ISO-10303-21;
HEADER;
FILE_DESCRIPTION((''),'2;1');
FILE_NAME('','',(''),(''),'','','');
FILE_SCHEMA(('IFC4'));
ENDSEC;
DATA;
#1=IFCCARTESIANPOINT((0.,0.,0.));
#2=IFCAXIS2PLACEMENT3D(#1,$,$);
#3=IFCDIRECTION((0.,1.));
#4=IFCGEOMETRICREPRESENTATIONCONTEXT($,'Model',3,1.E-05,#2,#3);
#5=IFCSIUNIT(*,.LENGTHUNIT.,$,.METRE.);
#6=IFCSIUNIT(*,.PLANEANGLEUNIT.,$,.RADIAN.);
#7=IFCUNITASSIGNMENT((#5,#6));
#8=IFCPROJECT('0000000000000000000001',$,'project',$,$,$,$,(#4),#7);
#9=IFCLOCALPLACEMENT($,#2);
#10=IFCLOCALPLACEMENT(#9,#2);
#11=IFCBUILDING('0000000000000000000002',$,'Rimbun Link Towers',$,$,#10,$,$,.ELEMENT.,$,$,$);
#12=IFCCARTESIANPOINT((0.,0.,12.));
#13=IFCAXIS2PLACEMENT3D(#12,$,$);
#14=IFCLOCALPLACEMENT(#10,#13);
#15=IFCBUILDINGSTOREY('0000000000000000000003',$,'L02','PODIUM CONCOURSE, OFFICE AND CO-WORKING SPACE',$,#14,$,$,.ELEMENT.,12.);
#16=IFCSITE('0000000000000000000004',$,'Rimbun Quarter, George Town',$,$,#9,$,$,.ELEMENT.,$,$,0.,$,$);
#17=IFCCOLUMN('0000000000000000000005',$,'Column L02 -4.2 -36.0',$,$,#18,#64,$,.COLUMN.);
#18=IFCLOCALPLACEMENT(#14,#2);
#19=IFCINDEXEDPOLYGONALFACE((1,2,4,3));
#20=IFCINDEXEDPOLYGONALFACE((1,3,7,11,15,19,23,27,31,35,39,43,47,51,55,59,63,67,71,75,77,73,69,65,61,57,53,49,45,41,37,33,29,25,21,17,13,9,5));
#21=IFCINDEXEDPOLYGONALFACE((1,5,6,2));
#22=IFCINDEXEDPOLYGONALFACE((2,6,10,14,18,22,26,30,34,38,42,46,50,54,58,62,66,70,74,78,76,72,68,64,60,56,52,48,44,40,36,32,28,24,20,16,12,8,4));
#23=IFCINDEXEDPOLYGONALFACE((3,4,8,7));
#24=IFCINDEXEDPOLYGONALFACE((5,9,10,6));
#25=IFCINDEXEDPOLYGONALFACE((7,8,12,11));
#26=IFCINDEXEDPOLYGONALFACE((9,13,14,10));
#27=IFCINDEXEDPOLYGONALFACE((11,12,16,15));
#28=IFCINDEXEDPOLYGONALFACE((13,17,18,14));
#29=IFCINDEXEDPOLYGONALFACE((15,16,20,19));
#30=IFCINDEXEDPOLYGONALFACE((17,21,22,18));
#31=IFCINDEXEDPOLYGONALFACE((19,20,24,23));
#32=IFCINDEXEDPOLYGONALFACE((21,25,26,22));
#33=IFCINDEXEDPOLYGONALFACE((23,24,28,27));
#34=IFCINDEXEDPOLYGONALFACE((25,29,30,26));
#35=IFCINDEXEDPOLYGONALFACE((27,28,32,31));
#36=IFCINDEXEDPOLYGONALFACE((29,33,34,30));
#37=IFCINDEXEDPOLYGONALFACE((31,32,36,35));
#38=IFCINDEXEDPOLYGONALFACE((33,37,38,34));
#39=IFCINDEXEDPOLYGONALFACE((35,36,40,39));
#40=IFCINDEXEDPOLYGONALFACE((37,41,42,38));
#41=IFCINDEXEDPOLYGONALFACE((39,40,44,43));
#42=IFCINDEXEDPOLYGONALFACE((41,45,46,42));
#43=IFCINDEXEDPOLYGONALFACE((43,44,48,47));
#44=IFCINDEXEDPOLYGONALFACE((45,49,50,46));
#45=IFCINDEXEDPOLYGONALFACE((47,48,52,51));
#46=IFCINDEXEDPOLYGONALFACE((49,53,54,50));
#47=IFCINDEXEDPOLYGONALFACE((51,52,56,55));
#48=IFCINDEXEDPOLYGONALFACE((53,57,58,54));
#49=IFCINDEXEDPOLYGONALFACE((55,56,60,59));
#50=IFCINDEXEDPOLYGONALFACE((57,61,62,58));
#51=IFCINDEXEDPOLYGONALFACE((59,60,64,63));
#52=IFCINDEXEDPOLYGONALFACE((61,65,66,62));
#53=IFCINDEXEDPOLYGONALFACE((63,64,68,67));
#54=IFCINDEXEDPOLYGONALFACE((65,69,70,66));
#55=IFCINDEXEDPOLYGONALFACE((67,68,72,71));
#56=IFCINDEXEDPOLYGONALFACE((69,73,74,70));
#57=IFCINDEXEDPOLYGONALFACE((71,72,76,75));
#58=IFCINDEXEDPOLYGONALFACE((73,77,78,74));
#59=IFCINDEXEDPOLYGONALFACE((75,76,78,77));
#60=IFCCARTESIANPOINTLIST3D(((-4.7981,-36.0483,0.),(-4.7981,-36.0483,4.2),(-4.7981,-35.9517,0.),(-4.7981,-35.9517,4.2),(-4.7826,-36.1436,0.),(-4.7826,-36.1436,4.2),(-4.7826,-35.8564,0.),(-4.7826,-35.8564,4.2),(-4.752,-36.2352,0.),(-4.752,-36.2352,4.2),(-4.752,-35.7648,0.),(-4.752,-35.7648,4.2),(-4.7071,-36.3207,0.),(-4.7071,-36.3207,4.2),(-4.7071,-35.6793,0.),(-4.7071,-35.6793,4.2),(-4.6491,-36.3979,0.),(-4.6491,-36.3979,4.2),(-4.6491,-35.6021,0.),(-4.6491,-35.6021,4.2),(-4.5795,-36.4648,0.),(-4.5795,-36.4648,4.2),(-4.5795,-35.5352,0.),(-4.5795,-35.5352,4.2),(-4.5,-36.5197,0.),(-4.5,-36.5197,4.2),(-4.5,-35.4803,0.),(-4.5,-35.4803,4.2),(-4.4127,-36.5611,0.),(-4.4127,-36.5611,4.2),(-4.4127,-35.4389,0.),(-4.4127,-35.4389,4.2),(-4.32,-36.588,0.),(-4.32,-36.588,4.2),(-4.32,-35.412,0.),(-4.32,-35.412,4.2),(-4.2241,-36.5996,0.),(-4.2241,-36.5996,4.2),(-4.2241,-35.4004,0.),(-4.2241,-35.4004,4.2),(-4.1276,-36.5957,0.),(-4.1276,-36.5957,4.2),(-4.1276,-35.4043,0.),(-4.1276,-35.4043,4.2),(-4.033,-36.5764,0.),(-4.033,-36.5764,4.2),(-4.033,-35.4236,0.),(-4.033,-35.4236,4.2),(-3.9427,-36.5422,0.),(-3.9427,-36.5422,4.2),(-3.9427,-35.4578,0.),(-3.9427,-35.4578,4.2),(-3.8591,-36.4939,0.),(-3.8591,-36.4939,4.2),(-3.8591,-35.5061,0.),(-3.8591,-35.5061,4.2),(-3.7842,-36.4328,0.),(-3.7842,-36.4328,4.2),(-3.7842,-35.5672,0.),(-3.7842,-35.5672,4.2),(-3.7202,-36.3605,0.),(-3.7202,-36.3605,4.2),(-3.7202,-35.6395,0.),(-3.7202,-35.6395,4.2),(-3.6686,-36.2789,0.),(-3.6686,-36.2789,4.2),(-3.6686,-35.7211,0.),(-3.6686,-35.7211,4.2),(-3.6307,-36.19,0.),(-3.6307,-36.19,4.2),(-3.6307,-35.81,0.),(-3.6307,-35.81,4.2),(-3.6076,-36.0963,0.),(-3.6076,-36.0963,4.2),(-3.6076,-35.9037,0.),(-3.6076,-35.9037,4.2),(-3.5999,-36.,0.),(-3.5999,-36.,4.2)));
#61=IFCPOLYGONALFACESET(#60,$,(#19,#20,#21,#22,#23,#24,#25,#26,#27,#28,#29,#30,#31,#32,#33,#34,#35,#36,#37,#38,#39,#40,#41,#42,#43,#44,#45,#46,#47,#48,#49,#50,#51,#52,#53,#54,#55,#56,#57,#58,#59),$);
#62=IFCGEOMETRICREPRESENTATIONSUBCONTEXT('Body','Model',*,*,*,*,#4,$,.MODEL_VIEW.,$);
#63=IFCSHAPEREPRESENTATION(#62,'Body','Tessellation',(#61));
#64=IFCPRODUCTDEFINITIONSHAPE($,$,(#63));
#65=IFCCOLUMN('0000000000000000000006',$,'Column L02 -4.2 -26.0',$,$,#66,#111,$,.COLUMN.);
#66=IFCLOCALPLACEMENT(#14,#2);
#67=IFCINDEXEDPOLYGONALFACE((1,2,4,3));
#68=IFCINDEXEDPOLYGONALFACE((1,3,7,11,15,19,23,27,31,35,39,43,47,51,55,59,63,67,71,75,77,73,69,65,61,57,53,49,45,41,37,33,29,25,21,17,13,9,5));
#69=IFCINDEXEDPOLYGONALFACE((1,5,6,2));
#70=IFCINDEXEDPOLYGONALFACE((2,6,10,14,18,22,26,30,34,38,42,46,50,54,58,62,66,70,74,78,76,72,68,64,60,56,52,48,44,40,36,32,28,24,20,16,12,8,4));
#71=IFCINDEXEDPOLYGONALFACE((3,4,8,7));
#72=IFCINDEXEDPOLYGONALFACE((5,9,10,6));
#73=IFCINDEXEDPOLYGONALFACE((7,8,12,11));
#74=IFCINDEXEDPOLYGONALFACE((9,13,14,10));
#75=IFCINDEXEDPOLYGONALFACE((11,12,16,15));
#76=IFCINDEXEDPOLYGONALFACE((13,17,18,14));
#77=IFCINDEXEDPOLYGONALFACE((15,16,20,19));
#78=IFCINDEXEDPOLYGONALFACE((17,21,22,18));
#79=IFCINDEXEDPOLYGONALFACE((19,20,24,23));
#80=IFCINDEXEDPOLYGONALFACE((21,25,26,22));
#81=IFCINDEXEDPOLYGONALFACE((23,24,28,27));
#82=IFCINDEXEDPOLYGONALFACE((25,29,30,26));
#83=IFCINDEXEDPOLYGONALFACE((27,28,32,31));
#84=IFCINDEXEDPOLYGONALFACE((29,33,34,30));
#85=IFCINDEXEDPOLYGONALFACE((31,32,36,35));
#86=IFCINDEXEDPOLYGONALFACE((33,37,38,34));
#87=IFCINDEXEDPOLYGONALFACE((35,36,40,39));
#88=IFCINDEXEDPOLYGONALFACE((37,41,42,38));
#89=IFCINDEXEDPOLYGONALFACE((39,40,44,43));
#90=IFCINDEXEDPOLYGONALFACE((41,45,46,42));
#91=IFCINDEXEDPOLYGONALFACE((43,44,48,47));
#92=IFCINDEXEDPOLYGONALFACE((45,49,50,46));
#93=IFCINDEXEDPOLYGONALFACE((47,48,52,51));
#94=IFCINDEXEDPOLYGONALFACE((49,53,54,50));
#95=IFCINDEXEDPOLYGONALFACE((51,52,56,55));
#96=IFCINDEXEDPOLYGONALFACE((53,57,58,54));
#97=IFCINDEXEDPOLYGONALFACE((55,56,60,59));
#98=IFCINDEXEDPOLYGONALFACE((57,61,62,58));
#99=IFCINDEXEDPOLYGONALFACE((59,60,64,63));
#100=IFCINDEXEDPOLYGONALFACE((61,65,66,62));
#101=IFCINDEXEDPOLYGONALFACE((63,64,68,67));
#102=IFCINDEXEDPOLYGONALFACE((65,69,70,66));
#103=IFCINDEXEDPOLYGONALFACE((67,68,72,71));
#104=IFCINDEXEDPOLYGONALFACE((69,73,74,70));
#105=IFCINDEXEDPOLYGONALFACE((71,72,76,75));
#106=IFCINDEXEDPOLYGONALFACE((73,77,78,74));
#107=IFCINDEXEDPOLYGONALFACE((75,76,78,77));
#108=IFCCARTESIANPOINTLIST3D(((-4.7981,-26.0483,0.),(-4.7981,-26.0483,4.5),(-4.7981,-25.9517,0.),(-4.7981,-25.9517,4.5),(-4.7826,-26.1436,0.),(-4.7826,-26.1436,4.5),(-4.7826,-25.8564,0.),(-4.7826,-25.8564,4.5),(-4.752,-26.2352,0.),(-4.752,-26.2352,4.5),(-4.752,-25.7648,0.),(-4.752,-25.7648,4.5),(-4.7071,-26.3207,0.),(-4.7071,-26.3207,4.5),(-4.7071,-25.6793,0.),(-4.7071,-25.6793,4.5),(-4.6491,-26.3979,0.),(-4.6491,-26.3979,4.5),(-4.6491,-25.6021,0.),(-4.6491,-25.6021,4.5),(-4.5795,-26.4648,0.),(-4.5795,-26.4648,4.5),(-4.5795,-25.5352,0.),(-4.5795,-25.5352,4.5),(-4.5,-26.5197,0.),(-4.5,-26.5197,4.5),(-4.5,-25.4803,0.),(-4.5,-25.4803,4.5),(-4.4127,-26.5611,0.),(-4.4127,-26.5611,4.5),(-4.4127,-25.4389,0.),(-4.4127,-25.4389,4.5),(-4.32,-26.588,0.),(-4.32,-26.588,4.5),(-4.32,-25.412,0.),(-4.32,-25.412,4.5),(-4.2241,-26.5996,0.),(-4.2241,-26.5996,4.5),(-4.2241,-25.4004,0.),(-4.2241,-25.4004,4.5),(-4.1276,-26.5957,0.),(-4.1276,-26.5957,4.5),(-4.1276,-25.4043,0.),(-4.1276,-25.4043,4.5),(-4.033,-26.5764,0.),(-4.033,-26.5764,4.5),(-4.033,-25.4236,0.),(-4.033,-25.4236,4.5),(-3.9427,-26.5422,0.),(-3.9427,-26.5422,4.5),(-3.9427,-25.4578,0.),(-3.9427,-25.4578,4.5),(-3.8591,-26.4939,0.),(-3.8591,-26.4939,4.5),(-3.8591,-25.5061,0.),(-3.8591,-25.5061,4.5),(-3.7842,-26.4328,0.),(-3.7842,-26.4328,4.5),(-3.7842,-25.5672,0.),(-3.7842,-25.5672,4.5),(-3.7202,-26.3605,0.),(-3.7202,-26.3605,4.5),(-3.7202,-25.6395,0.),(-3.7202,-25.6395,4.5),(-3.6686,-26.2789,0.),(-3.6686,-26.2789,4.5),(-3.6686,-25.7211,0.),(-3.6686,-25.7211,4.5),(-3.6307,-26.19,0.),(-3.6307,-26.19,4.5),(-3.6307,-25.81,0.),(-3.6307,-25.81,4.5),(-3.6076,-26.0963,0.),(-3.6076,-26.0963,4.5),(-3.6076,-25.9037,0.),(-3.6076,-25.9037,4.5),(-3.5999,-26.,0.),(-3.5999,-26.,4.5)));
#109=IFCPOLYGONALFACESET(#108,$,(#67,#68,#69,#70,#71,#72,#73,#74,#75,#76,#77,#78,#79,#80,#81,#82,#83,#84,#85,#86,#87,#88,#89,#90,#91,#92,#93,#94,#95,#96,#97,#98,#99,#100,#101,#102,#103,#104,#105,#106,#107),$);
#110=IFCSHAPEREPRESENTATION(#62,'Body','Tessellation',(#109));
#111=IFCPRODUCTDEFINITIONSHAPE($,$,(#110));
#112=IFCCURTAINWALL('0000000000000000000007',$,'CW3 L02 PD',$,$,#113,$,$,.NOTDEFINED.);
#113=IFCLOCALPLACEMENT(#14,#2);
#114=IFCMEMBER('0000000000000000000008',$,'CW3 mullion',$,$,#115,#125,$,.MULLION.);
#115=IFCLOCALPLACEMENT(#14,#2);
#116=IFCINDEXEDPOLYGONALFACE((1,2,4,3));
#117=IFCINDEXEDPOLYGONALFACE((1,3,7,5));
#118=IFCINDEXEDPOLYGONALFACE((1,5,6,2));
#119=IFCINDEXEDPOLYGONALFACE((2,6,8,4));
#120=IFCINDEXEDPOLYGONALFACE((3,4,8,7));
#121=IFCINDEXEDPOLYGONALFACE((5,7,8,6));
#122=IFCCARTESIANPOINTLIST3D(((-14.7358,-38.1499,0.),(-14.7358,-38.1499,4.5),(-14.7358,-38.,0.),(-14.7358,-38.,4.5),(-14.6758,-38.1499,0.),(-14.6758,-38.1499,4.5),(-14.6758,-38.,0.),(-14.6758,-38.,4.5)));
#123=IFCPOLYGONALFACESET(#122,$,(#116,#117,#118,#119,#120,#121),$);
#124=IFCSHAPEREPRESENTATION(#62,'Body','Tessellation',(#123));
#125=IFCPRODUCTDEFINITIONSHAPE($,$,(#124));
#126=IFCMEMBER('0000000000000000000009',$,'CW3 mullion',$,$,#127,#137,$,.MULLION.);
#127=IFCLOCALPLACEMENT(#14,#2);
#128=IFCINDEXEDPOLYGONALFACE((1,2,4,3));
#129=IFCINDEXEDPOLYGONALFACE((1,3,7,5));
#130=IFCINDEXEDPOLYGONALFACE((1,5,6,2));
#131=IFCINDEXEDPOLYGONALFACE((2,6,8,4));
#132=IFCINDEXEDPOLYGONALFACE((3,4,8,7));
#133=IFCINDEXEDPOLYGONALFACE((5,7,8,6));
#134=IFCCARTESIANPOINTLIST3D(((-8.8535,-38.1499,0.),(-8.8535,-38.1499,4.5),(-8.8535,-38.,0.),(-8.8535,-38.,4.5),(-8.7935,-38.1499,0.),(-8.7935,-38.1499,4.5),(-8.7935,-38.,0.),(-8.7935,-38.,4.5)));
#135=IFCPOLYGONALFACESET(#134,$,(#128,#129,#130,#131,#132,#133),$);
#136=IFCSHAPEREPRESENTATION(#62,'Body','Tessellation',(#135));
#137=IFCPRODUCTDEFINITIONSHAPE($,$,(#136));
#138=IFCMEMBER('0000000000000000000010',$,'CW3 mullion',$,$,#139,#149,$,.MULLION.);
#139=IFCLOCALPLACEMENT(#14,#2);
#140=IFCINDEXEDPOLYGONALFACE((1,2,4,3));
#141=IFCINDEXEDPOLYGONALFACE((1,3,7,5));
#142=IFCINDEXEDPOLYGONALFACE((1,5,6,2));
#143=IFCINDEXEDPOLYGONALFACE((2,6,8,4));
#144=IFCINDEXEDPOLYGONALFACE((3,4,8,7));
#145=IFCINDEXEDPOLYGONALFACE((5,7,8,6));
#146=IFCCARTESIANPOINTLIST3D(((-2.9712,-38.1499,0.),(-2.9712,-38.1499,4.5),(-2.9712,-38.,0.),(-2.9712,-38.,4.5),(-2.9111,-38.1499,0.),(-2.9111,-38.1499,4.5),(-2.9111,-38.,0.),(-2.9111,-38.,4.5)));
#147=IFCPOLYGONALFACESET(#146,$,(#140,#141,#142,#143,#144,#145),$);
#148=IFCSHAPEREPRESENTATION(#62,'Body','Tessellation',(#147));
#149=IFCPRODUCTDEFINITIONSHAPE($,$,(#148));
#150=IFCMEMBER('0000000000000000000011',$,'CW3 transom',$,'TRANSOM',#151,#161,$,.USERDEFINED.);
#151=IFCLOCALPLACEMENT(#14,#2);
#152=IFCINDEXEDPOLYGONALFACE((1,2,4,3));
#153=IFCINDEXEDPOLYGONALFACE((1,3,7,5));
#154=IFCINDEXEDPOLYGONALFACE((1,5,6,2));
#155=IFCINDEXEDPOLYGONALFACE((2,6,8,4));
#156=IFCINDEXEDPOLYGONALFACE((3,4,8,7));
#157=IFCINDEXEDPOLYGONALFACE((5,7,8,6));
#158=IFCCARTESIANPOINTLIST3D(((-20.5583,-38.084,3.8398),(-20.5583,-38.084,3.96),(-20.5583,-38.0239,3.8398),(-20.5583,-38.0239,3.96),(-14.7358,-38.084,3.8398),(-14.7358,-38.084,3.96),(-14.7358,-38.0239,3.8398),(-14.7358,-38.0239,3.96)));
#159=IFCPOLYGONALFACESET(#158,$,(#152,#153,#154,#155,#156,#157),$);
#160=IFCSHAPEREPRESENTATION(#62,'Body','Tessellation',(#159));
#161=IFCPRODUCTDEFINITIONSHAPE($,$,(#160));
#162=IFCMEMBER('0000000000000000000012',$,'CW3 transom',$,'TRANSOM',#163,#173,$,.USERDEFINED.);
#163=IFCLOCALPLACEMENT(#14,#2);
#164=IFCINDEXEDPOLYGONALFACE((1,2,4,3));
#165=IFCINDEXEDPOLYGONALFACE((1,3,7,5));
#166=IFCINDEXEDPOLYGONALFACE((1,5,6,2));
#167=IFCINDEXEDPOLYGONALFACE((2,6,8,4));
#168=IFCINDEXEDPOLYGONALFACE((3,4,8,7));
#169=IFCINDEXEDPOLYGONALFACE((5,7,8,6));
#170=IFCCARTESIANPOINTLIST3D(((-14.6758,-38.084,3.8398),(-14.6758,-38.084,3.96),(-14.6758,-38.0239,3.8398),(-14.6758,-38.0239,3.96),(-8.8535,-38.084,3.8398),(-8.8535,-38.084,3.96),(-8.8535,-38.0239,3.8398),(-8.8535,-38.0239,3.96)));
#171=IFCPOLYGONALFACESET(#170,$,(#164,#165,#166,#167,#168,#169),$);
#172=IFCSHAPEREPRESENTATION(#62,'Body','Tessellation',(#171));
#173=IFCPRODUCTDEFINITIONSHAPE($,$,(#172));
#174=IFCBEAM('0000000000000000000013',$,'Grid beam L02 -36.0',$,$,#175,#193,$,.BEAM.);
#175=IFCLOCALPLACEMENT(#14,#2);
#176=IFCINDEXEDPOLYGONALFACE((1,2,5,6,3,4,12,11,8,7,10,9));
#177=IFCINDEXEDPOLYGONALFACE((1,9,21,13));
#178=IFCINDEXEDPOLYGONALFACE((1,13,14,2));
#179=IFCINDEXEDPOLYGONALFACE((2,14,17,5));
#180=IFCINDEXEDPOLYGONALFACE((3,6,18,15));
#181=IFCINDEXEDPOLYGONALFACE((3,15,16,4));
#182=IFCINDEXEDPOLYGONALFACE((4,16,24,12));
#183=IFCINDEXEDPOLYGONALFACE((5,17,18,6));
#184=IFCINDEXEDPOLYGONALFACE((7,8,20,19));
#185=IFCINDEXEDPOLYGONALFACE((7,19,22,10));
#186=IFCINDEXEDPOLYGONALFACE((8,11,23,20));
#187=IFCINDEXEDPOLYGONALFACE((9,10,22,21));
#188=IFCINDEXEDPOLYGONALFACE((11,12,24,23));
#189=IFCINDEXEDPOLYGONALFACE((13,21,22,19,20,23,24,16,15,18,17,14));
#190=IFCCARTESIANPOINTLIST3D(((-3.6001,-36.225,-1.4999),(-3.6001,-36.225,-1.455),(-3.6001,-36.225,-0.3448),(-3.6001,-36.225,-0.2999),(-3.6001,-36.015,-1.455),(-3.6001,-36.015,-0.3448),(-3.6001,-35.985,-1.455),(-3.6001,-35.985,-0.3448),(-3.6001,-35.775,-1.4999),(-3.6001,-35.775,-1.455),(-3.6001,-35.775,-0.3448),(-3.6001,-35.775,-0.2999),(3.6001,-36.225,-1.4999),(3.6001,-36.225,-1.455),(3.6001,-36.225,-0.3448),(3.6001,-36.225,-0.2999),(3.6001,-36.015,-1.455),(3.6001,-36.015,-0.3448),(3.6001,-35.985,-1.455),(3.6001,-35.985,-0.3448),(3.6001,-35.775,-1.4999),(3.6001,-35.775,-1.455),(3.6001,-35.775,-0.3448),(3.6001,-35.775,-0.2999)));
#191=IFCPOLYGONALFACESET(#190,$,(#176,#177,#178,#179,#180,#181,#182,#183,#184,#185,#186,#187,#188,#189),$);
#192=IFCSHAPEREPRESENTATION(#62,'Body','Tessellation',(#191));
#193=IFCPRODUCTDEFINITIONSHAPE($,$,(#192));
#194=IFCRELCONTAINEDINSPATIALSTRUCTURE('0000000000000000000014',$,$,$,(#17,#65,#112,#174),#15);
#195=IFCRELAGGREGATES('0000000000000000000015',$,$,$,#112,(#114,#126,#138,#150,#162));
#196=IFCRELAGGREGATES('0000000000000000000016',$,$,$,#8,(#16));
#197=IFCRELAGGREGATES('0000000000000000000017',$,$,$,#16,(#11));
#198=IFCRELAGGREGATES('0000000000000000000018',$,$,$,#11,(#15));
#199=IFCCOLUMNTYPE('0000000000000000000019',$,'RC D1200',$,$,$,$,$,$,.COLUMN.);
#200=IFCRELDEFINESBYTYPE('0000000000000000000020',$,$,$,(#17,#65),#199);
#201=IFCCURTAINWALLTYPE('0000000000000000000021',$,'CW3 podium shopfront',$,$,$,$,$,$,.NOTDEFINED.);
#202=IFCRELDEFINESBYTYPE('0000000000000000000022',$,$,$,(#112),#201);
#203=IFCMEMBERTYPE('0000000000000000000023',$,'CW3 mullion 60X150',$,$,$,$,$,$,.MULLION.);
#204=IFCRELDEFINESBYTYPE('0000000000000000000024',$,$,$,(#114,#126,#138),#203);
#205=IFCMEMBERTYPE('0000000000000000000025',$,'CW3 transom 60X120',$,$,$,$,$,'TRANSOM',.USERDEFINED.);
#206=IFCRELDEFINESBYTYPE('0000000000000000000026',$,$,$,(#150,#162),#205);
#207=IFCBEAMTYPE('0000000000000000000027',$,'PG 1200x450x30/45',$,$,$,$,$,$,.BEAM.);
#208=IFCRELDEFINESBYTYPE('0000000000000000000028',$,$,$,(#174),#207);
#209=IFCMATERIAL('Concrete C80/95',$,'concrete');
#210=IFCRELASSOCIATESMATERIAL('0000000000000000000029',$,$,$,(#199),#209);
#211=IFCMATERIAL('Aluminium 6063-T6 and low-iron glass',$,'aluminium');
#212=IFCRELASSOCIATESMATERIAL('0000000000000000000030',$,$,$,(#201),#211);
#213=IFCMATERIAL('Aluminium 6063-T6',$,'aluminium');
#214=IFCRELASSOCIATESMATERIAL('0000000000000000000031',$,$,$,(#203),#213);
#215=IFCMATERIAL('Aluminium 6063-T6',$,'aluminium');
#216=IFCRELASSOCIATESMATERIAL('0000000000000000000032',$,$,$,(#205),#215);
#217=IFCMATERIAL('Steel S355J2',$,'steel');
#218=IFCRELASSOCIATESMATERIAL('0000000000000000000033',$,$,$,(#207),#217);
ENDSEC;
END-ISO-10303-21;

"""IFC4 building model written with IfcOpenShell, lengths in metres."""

from ifc_helpers import new_model, si_unit, direction, frame, origin, origin_2d, place, context, subcontext, project, spatial, rectangle, circle, i_section, extrude, material, material_profile, profile_set, type_object, element, aggregate, save


model = new_model("IFC4")

# Units and contexts
model_context = context("Model", 3, precision=1e-05, world=origin(), true_north=direction((0.0, 1.0)))
body_context = subcontext(model_context, "Body", "Model", "MODEL_VIEW")
ifc_project = project(units=[si_unit("LENGTHUNIT", "METRE"), si_unit("PLANEANGLEUNIT", "RADIAN")], contexts=[model_context])

# Site, building, storey
site_placement = place(None, origin())
site = spatial("IfcSite", under=ifc_project, at=site_placement, Name="Rimbun Quarter, George Town", CompositionType="ELEMENT", RefElevation=0.0)
building_placement = place(site_placement, origin())
building = spatial("IfcBuilding", under=site, at=building_placement, Name="Rimbun Link Towers", CompositionType="ELEMENT")
storey_placement = place(building_placement, frame((0.0, 0.0, 12.0)))
storey = spatial("IfcBuildingStorey", under=building, at=storey_placement, Name="L02", Description="PODIUM CONCOURSE, OFFICE AND CO-WORKING SPACE", CompositionType="ELEMENT", Elevation=12.0)

# Columns
ifc_material_1 = material(Name="Concrete C80/95", Category="concrete")
ifc_material_profile_1 = material_profile(ifc_material_1, circle(Radius=0.6001, at=origin_2d()), Name="RC D1200")
ifc_profile_set_1 = profile_set([ifc_material_profile_1], Name="Concrete C80/95")
column_type = type_object("IfcColumnType", Name="RC D1200", PredefinedType="COLUMN", material=ifc_profile_set_1)
column_1_placement = place(storey_placement, frame((-4.2, -36.0, 0.0), z_axis=(0.0, 0.0, 1.0), x_axis=(1.0, 0.0, 0.0)))
element("IfcColumn", 1, at=column_1_placement, inside=storey, type_object=column_type, Name="Column L02 -4.2 -36.0", PredefinedType="COLUMN", context=body_context, shape_type="SweptSolid", body=[
    extrude(circle(Radius=0.6001, at=origin_2d()), origin(), (0.0, 0.0, 1.0), 4.2),
])
column_2_placement = place(storey_placement, frame((-4.2, -26.0, 0.0), z_axis=(0.0, 0.0, 1.0), x_axis=(1.0, 0.0, 0.0)))
element("IfcColumn", 2, at=column_2_placement, inside=storey, type_object=column_type, Name="Column L02 -4.2 -26.0", PredefinedType="COLUMN", context=body_context, shape_type="SweptSolid", body=[
    extrude(circle(Radius=0.6001, at=origin_2d()), origin(), (0.0, 0.0, 1.0), 4.5),
])

# Curtain wall, members
ifc_material_2 = material(Name="Aluminium 6063-T6 and low-iron glass", Category="aluminium")
curtain_wall_type = type_object("IfcCurtainWallType", Name="CW3 podium shopfront", PredefinedType="NOTDEFINED", material=ifc_material_2)
curtain_wall_placement = place(storey_placement, origin())
curtain_wall = element("IfcCurtainWall", 3, at=curtain_wall_placement, inside=storey, type_object=curtain_wall_type, Name="CW3 L02 PD", PredefinedType="NOTDEFINED")
ifc_material_3 = material(Name="Aluminium 6063-T6", Category="aluminium")
ifc_material_profile_2 = material_profile(ifc_material_3, rectangle(XDim=0.1499, YDim=0.0601, at=origin_2d()), Name="MULLION 60X150")
ifc_profile_set_2 = profile_set([ifc_material_profile_2], Name="Aluminium 6063-T6")
member_type_1 = type_object("IfcMemberType", Name="CW3 mullion 60X150", PredefinedType="MULLION", material=ifc_profile_set_2)
member_1_placement = place(storey_placement, frame((-14.7058, -38.075, 0.0), z_axis=(0.0, 0.0, 1.0), x_axis=(0.0, -1.0, 0.0)))
member_1 = element("IfcMember", 4, at=member_1_placement, type_object=member_type_1, Name="CW3 mullion", PredefinedType="MULLION", context=body_context, shape_type="SweptSolid", body=[
    extrude(rectangle(XDim=0.1499, YDim=0.0601, at=origin_2d()), origin(), (0.0, 0.0, 1.0), 4.5),
])
member_2_placement = place(storey_placement, frame((-8.8235, -38.075, 0.0), z_axis=(0.0, 0.0, 1.0), x_axis=(0.0, -1.0, 0.0)))
member_2 = element("IfcMember", 5, at=member_2_placement, type_object=member_type_1, Name="CW3 mullion", PredefinedType="MULLION", context=body_context, shape_type="SweptSolid", body=[
    extrude(rectangle(XDim=0.1499, YDim=0.0601, at=origin_2d()), origin(), (0.0, 0.0, 1.0), 4.5),
])
member_3_placement = place(storey_placement, frame((-2.9412, -38.075, 0.0), z_axis=(0.0, 0.0, 1.0), x_axis=(0.0, -1.0, 0.0)))
member_3 = element("IfcMember", 6, at=member_3_placement, type_object=member_type_1, Name="CW3 mullion", PredefinedType="MULLION", context=body_context, shape_type="SweptSolid", body=[
    extrude(rectangle(XDim=0.1499, YDim=0.0601, at=origin_2d()), origin(), (0.0, 0.0, 1.0), 4.5),
])
ifc_material_4 = material(Name="Aluminium 6063-T6", Category="aluminium")
ifc_material_profile_3 = material_profile(ifc_material_4, rectangle(XDim=0.0601, YDim=0.1201, at=origin_2d()), Name="TRANSOM 60X120")
ifc_profile_set_3 = profile_set([ifc_material_profile_3], Name="Aluminium 6063-T6")
member_type_2 = type_object("IfcMemberType", Name="CW3 transom 60X120", ElementType="TRANSOM", PredefinedType="USERDEFINED", material=ifc_profile_set_3)
member_4_placement = place(storey_placement, frame((-14.7358, -38.054, 3.8999), z_axis=(-1.0, 0.0, 0.0), x_axis=(0.0, -1.0, 0.0)))
member_4 = element("IfcMember", 7, at=member_4_placement, type_object=member_type_2, Name="CW3 transom", ObjectType="TRANSOM", PredefinedType="USERDEFINED", context=body_context, shape_type="SweptSolid", body=[
    extrude(rectangle(XDim=0.0601, YDim=0.1201, at=origin_2d()), origin(), (0.0, 0.0, 1.0), 5.8225),
])
member_5_placement = place(storey_placement, frame((-8.8535, -38.054, 3.8999), z_axis=(-1.0, 0.0, 0.0), x_axis=(0.0, -1.0, 0.0)))
member_5 = element("IfcMember", 8, at=member_5_placement, type_object=member_type_2, Name="CW3 transom", ObjectType="TRANSOM", PredefinedType="USERDEFINED", context=body_context, shape_type="SweptSolid", body=[
    extrude(rectangle(XDim=0.0601, YDim=0.1201, at=origin_2d()), origin(), (0.0, 0.0, 1.0), 5.8223),
])

# Beam
ifc_material_5 = material(Name="Steel S355J2", Category="steel")
ifc_material_profile_4 = material_profile(ifc_material_5, i_section(OverallWidth=0.45, OverallDepth=1.2, WebThickness=0.03, FlangeThickness=0.0449, at=origin_2d()), Name="PG 1200x450x30/45")
ifc_profile_set_4 = profile_set([ifc_material_profile_4], Name="Steel S355J2")
beam_type_1 = type_object("IfcBeamType", Name="PG 1200x450x30/45", PredefinedType="BEAM", material=ifc_profile_set_4)
for number, where, z_axis, x_axis, name in (
    (9, (-3.6001, -36.0, -0.8999), (1.0, 0.0, 0.0), (0.0, 1.0, 0.0), "Grid beam L02 -36.0"),
):
    element("IfcBeam", number, at=place(storey_placement, frame(where, z_axis=z_axis, x_axis=x_axis)), inside=storey, type_object=beam_type_1, Name=name, PredefinedType="BEAM", context=body_context, shape_type="SweptSolid", body=[
        extrude(i_section(OverallWidth=0.45, OverallDepth=1.2, WebThickness=0.03, FlangeThickness=0.0449, at=origin_2d()), origin(), (0.0, 0.0, 1.0), 7.2002),
    ])

aggregate(curtain_wall, [member_1, member_2, member_3, member_4, member_5])

save(model, "model.ifc")
